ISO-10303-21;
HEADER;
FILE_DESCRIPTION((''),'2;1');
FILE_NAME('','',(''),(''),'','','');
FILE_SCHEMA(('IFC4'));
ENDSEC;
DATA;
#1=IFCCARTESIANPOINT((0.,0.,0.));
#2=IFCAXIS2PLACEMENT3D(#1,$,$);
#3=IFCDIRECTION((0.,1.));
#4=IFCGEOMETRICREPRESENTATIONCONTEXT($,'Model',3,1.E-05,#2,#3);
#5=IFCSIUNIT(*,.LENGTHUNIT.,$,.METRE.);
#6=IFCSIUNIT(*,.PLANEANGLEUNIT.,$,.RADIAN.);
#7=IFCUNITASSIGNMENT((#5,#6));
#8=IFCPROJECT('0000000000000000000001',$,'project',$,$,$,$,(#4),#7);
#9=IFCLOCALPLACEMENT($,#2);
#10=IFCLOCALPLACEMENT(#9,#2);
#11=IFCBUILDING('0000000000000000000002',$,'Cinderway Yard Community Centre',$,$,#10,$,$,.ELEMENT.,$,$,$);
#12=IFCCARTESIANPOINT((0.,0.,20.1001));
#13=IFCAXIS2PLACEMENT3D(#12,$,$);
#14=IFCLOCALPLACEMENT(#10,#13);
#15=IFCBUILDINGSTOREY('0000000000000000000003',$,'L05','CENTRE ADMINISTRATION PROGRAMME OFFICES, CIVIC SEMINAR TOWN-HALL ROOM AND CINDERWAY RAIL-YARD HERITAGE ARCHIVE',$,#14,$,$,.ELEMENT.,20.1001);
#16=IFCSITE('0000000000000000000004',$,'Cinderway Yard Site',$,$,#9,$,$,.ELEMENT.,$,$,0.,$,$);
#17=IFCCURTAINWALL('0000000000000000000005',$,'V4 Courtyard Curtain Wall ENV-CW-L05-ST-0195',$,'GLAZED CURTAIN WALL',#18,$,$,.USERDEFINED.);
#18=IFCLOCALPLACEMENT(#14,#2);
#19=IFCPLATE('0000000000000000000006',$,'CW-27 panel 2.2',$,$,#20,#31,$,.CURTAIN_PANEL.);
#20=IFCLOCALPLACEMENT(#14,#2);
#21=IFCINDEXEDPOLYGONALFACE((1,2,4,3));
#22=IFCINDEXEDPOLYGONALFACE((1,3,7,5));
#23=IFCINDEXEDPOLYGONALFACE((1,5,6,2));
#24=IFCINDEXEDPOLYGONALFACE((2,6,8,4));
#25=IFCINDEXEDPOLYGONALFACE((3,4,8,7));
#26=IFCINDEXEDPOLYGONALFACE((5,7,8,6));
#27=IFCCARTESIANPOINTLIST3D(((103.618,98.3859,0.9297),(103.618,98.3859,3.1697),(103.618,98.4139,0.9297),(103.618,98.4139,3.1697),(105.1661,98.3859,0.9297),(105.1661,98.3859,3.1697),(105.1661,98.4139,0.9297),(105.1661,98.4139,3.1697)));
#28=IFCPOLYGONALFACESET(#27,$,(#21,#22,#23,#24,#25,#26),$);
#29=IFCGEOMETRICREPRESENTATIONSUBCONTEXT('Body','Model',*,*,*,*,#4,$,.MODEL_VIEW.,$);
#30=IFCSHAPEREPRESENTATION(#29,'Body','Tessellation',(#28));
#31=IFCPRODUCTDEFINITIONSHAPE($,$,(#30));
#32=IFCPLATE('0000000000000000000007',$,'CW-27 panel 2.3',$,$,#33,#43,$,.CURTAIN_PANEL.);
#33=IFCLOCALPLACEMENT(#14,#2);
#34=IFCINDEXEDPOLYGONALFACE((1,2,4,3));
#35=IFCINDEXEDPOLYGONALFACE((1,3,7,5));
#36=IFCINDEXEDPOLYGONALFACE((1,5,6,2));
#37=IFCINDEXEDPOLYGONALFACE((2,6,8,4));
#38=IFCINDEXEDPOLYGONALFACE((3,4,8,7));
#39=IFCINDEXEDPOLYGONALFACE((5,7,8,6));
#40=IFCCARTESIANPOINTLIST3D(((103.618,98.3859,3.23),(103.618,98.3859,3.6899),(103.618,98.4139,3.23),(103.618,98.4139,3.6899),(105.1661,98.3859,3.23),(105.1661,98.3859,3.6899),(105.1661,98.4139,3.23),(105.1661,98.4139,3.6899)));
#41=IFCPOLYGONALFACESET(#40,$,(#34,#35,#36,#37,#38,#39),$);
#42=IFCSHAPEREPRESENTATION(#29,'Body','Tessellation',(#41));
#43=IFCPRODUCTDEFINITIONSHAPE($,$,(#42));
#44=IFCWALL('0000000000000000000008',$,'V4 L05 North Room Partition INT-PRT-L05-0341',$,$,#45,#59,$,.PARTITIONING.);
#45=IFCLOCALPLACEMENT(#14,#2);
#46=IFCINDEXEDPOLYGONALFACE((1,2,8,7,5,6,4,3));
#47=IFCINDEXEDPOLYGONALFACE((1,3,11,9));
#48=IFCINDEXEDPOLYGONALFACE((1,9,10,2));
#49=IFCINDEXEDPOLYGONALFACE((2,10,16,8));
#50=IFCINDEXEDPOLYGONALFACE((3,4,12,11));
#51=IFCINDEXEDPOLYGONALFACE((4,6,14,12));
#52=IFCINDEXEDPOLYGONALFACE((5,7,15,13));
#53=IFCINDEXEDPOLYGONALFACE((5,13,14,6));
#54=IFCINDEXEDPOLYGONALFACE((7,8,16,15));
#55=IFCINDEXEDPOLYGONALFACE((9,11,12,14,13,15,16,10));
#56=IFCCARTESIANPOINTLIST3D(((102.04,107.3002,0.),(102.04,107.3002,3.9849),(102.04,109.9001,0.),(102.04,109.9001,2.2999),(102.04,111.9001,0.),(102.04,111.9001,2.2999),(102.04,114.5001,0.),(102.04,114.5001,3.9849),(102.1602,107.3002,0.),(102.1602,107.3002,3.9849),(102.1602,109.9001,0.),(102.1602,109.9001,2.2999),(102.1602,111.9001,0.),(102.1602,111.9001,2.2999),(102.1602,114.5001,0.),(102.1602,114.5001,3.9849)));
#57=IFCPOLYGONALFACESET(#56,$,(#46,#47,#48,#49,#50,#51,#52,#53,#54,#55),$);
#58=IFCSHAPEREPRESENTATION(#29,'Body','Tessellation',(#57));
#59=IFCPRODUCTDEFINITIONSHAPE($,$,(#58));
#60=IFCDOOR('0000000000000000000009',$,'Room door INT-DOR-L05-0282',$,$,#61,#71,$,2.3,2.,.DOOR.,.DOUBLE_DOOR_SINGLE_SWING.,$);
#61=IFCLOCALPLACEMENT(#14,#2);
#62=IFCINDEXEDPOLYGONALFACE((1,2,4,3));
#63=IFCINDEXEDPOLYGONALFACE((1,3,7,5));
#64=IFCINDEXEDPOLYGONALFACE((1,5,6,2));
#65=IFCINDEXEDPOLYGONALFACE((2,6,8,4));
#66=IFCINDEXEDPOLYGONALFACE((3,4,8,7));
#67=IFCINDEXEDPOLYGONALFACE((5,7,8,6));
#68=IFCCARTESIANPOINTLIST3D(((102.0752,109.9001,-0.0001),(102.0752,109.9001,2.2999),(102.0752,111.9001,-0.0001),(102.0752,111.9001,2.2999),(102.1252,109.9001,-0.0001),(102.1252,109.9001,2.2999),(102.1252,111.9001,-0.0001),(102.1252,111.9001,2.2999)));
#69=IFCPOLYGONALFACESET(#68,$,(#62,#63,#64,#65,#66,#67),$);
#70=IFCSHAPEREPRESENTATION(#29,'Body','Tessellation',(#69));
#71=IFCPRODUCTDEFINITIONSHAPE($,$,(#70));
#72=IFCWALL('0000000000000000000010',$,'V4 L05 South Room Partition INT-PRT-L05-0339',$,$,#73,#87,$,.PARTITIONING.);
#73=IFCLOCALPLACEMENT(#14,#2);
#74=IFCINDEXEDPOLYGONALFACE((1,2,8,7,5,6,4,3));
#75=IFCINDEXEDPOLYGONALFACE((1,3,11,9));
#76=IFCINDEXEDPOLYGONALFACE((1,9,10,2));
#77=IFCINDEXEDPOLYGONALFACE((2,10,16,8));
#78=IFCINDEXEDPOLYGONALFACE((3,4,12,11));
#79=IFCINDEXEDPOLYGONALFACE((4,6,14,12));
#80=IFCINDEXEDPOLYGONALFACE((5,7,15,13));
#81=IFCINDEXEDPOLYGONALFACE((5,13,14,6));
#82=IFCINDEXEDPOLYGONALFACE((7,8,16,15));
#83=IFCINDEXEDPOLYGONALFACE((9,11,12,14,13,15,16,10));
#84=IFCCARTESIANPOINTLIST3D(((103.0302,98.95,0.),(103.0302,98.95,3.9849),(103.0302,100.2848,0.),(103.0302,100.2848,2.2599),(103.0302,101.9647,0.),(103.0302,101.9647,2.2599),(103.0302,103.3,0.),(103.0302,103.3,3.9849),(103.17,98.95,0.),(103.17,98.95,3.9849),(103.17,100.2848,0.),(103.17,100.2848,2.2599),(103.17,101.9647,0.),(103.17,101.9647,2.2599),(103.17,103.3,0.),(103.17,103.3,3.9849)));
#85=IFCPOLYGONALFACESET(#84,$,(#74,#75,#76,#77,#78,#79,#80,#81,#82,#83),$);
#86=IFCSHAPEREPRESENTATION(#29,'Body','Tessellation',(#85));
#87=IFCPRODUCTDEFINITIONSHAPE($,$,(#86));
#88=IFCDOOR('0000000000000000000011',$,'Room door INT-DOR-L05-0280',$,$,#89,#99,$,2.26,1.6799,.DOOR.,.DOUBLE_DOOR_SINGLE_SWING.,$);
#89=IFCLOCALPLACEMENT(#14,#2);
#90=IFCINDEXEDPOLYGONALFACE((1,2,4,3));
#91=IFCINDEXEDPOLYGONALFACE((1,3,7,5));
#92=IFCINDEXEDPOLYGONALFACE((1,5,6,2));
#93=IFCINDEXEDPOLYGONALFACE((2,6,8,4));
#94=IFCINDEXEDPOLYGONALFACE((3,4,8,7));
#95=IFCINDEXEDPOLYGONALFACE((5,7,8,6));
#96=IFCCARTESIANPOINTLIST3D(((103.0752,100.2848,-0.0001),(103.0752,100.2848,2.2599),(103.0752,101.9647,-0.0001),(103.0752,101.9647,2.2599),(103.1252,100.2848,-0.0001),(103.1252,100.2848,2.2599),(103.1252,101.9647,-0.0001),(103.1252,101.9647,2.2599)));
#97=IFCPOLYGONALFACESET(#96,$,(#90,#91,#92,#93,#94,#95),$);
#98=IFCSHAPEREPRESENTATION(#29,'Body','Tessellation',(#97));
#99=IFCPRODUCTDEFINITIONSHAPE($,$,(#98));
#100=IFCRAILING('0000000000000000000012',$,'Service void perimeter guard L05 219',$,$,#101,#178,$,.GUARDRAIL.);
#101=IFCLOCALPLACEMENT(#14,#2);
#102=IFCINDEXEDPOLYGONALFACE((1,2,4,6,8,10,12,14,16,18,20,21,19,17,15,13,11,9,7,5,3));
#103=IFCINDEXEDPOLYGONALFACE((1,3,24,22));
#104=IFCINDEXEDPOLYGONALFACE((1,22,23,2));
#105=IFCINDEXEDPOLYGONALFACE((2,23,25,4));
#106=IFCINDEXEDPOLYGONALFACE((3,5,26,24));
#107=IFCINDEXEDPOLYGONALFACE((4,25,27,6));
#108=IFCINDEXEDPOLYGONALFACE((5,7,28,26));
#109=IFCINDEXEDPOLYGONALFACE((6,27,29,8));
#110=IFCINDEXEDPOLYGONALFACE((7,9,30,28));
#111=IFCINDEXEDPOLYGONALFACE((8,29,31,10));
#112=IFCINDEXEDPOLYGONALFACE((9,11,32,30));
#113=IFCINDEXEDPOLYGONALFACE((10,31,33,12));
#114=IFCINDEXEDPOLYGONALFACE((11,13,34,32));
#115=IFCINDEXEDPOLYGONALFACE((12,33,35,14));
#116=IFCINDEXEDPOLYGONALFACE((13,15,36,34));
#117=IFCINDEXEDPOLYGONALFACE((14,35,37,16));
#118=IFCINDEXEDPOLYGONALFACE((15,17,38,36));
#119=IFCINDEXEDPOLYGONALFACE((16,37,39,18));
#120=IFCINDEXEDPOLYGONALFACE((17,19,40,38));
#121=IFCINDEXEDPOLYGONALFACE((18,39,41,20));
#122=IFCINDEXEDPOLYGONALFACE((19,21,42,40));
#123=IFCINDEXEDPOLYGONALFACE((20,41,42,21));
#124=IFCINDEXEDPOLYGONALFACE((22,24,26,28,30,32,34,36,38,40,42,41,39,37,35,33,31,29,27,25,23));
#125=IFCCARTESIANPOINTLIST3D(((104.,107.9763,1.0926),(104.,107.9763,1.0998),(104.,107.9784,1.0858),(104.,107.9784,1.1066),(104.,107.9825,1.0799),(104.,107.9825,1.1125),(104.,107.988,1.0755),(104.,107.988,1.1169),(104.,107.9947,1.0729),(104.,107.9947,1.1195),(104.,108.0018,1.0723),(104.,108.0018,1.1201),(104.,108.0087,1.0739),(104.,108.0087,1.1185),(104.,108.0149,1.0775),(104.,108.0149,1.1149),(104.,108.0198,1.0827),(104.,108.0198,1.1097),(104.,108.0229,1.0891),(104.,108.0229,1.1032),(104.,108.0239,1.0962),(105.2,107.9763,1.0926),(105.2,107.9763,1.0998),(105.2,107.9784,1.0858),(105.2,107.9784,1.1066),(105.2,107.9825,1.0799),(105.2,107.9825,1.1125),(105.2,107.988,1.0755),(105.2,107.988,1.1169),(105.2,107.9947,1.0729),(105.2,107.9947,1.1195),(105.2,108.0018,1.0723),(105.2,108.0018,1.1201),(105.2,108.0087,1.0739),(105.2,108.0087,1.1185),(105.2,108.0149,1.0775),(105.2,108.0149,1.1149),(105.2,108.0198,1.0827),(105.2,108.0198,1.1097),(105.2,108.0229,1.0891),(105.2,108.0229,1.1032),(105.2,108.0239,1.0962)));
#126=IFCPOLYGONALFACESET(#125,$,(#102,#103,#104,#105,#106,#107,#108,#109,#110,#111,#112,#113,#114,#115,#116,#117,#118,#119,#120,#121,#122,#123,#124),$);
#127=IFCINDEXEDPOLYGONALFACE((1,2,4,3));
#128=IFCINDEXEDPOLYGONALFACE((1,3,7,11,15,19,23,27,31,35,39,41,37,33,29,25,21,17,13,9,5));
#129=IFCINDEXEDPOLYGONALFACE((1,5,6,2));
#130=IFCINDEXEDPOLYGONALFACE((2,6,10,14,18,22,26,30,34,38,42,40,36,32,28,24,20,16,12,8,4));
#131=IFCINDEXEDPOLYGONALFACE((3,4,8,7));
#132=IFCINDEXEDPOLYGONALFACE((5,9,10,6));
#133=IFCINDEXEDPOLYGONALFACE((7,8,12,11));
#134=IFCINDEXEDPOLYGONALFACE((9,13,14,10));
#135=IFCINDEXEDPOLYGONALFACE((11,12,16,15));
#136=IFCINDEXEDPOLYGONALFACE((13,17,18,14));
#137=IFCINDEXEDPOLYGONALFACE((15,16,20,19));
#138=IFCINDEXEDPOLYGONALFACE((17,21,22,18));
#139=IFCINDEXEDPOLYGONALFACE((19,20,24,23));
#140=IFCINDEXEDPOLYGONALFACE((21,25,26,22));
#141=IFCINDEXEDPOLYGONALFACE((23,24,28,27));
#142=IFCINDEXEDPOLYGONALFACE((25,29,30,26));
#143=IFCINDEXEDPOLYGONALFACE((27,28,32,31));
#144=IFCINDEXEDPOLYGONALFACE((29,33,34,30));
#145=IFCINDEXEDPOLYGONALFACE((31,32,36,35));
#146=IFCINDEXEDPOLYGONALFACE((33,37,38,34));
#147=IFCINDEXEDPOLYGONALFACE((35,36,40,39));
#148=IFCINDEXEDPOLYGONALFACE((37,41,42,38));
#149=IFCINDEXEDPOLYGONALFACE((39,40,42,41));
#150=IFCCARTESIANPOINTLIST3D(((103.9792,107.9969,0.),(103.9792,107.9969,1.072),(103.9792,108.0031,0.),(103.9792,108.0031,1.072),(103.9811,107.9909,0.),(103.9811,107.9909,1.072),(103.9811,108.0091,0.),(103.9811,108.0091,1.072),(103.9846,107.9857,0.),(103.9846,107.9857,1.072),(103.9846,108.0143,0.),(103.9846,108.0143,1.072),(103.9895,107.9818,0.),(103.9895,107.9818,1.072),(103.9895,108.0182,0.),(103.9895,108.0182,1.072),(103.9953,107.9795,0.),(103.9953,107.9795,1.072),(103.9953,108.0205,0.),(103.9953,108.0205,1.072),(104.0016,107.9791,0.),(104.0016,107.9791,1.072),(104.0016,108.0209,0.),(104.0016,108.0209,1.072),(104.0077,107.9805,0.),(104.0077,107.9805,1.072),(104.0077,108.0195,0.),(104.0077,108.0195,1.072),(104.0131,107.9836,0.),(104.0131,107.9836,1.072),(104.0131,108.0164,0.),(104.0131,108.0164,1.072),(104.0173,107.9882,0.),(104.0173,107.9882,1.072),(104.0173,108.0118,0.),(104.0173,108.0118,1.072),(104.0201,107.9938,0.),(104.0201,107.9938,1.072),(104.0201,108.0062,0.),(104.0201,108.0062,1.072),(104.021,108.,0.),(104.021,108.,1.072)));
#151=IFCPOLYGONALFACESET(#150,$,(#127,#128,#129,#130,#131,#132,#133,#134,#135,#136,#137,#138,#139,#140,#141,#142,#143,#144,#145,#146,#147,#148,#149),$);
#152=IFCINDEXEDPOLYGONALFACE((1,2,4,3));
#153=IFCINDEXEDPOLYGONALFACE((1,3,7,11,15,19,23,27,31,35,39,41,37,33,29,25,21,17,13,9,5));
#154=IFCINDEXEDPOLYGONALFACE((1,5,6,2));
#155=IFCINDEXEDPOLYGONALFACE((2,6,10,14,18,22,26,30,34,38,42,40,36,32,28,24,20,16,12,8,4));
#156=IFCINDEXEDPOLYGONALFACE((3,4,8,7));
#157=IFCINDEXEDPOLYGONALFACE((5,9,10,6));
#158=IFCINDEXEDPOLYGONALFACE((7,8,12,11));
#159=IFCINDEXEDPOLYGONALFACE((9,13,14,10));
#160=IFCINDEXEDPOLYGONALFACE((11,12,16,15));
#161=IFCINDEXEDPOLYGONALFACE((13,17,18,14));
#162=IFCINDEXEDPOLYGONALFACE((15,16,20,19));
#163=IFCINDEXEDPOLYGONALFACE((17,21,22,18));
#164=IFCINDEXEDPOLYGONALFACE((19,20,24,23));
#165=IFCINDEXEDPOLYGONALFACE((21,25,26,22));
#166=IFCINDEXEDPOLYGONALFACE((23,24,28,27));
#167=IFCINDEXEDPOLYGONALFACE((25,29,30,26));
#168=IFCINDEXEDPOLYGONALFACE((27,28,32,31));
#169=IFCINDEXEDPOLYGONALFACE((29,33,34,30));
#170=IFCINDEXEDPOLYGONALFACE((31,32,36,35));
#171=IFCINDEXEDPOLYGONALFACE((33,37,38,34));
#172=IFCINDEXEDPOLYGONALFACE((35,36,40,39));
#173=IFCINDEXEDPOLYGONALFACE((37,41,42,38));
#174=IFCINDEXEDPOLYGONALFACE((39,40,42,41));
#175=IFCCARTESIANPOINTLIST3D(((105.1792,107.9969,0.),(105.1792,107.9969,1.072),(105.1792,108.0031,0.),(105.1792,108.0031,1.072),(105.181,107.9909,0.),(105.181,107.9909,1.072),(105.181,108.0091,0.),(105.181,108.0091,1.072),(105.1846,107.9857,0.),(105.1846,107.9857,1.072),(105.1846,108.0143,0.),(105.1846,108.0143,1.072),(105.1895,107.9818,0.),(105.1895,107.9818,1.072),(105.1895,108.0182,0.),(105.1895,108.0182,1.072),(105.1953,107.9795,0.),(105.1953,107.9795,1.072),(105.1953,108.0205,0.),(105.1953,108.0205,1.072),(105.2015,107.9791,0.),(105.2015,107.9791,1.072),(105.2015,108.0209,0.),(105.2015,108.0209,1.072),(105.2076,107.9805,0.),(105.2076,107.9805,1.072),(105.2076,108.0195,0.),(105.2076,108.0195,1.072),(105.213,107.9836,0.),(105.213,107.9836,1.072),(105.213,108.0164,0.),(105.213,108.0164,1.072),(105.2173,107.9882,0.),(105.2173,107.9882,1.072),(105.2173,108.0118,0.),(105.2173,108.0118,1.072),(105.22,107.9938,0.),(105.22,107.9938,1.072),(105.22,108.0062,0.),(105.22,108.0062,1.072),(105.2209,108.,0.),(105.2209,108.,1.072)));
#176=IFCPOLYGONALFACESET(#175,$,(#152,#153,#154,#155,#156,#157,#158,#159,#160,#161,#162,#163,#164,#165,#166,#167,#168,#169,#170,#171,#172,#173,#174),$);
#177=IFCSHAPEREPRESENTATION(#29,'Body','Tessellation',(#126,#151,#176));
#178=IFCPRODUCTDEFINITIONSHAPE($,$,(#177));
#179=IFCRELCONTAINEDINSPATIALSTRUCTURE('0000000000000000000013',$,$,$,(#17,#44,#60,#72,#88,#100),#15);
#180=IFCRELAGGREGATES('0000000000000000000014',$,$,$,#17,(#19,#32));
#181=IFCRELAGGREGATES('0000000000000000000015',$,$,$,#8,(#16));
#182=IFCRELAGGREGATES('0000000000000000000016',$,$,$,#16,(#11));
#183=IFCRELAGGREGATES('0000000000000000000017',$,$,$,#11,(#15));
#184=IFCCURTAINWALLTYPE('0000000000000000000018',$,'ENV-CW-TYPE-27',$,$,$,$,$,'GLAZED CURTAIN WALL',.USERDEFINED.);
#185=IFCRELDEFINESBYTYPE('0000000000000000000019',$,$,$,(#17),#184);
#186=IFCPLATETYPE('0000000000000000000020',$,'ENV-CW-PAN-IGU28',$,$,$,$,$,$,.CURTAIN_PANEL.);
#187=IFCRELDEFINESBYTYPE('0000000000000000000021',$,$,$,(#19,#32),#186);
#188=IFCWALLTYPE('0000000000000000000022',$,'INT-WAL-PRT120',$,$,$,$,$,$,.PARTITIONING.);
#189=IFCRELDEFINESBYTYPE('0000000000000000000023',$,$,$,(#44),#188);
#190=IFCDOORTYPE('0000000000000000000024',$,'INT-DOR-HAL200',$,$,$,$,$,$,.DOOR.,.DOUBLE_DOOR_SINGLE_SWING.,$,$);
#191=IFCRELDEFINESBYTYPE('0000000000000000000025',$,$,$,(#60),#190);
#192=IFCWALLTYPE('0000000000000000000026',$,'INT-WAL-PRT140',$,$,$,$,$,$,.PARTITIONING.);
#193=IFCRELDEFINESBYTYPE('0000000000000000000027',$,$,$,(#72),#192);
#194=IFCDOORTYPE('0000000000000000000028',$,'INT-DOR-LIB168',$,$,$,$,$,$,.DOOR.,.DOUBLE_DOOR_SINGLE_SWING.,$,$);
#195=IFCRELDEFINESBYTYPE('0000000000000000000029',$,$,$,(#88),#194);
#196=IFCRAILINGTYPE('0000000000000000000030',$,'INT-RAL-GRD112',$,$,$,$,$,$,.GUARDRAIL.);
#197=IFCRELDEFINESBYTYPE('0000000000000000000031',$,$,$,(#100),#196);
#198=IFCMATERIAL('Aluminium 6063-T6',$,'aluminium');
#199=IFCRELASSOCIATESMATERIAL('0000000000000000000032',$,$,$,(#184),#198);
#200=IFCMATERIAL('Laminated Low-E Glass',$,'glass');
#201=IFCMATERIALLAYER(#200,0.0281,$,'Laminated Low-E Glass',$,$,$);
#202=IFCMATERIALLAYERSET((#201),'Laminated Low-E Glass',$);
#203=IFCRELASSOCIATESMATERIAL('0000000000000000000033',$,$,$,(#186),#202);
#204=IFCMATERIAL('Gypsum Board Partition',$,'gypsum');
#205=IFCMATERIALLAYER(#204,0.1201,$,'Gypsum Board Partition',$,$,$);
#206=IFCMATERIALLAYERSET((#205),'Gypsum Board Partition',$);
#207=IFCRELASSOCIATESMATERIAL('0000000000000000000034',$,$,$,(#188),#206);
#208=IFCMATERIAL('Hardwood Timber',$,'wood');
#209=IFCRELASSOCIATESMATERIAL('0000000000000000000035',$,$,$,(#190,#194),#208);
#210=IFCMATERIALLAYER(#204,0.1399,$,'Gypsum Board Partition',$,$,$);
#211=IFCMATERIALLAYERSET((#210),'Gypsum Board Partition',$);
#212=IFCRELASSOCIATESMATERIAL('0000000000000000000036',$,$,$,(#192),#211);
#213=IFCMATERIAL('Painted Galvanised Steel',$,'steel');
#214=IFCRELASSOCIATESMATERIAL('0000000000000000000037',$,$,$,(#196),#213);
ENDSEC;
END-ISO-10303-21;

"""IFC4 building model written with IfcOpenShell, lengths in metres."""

from ifc_helpers import new_model, si_unit, direction, frame, frame_2d, origin, origin_2d, place, context, subcontext, project, spatial, rectangle, circle, extrude, material, layer, layer_set, type_object, element, fill, aggregate, save


model = new_model("IFC4")

# Units and contexts
model_context = context("Model", 3, precision=1e-05, world=origin(), true_north=direction((0.0, 1.0)))
body_context = subcontext(model_context, "Body", "Model", "MODEL_VIEW")
ifc_project = project(units=[si_unit("LENGTHUNIT", "METRE"), si_unit("PLANEANGLEUNIT", "RADIAN")], contexts=[model_context])

# Site, building, storey
site_placement = place(None, origin())
site = spatial("IfcSite", under=ifc_project, at=site_placement, Name="Cinderway Yard Site", CompositionType="ELEMENT", RefElevation=0.0)
building_placement = place(site_placement, origin())
building = spatial("IfcBuilding", under=site, at=building_placement, Name="Cinderway Yard Community Centre", CompositionType="ELEMENT")
storey_placement = place(building_placement, frame((0.0, 0.0, 20.1001)))
storey = spatial("IfcBuildingStorey", under=building, at=storey_placement, Name="L05", Description="CENTRE ADMINISTRATION PROGRAMME OFFICES, CIVIC SEMINAR TOWN-HALL ROOM AND CINDERWAY RAIL-YARD HERITAGE ARCHIVE", CompositionType="ELEMENT", Elevation=20.1001)

# Curtain wall
ifc_material_1 = material(Name="Aluminium 6063-T6", Category="aluminium")
curtain_wall_type = type_object("IfcCurtainWallType", Name="ENV-CW-TYPE-27", ElementType="GLAZED CURTAIN WALL", PredefinedType="USERDEFINED", material=ifc_material_1)
curtain_wall_1_placement = place(storey_placement, origin())
curtain_wall_1 = element("IfcCurtainWall", 1, at=curtain_wall_1_placement, inside=storey, type_object=curtain_wall_type, Name="V4 Courtyard Curtain Wall ENV-CW-L05-ST-0195", ObjectType="GLAZED CURTAIN WALL", PredefinedType="USERDEFINED")

# Plates
ifc_material_2 = material(Name="Laminated Low-E Glass", Category="glass")
ifc_layer_1 = layer(ifc_material_2, 0.0281, Name="Laminated Low-E Glass")
ifc_layer_set_1 = layer_set([ifc_layer_1], Name="Laminated Low-E Glass")
plate_type = type_object("IfcPlateType", Name="ENV-CW-PAN-IGU28", PredefinedType="CURTAIN_PANEL", material=ifc_layer_set_1)
plate_1_placement = place(storey_placement, frame((104.3921, 98.3999, 0.9297), z_axis=(0.0, 0.0, 1.0), x_axis=(1.0, 0.0, 0.0)))
plate_1 = element("IfcPlate", 2, at=plate_1_placement, type_object=plate_type, Name="CW-27 panel 2.2", PredefinedType="CURTAIN_PANEL", context=body_context, shape_type="SweptSolid", body=[
    extrude(rectangle(XDim=1.5481, YDim=0.0281, at=origin_2d()), origin(), (0.0, 0.0, 1.0), 2.24),
])
plate_2_placement = place(storey_placement, frame((104.3921, 98.3999, 3.23), z_axis=(0.0, 0.0, 1.0), x_axis=(1.0, 0.0, 0.0)))
plate_2 = element("IfcPlate", 3, at=plate_2_placement, type_object=plate_type, Name="CW-27 panel 2.3", PredefinedType="CURTAIN_PANEL", context=body_context, shape_type="SweptSolid", body=[
    extrude(rectangle(XDim=1.5481, YDim=0.0281, at=origin_2d()), origin(), (0.0, 0.0, 1.0), 0.46),
])
aggregate(curtain_wall_1, [plate_1, plate_2])

# Walls, openings, doors
ifc_material_3 = material(Name="Gypsum Board Partition", Category="gypsum")
ifc_layer_2 = layer(ifc_material_3, 0.1201, Name="Gypsum Board Partition")
ifc_layer_set_2 = layer_set([ifc_layer_2], Name="Gypsum Board Partition")
wall_type_1 = type_object("IfcWallType", Name="INT-WAL-PRT120", PredefinedType="PARTITIONING", material=ifc_layer_set_2)
wall_1_placement = place(storey_placement, frame((102.1001, 107.3, 0.0), z_axis=(0.0, 0.0, 1.0), x_axis=(0.0, 1.0, 0.0)))
wall_1 = element("IfcWall", 4, at=wall_1_placement, inside=storey, type_object=wall_type_1, Name="V4 L05 North Room Partition INT-PRT-L05-0341", PredefinedType="PARTITIONING", context=body_context, shape_type="SweptSolid", body=[
    extrude(rectangle(XDim=7.2, YDim=0.1201, at=frame_2d((3.6001, 0.0))), origin(), (0.0, 0.0, 1.0), 3.9849),
])
opening_1_placement = place(wall_1_placement, frame((2.6001, 0.0, 0.0)))
opening_1 = element("IfcOpeningElement", 5, at=opening_1_placement, cuts=wall_1, PredefinedType="OPENING", context=body_context, shape_type="SweptSolid", body=[
    extrude(rectangle(XDim=2.0, YDim=2.3, at=frame_2d((1.0, 1.1499))), frame((0.0, 0.0701, 0.0), z_axis=(0.0, -1.0, 0.0), x_axis=(1.0, 0.0, 0.0)), (0.0, 0.0, 1.0), 0.1401),
])
ifc_material_4 = material(Name="Hardwood Timber", Category="wood")
door_type_1 = type_object("IfcDoorType", Name="INT-DOR-HAL200", OperationType="DOUBLE_DOOR_SINGLE_SWING", PredefinedType="DOOR", material=ifc_material_4)
door_1_placement = place(opening_1_placement, origin())
door_1 = element("IfcDoor", 6, at=door_1_placement, inside=storey, type_object=door_type_1, Name="Room door INT-DOR-L05-0282", OperationType="DOUBLE_DOOR_SINGLE_SWING", OverallHeight=2.3, OverallWidth=2.0, PredefinedType="DOOR", context=body_context, shape_type="SweptSolid", body=[
    extrude(rectangle(XDim=2.0, YDim=2.3, at=frame_2d((1.0, 1.1499))), frame((0.0, 0.0249, 0.0), z_axis=(0.0, -1.0, 0.0), x_axis=(1.0, 0.0, 0.0)), (0.0, 0.0, 1.0), 0.05),
])
fill(opening_1, door_1)
ifc_layer_3 = layer(ifc_material_3, 0.1399, Name="Gypsum Board Partition")
ifc_layer_set_3 = layer_set([ifc_layer_3], Name="Gypsum Board Partition")
wall_type_2 = type_object("IfcWallType", Name="INT-WAL-PRT140", PredefinedType="PARTITIONING", material=ifc_layer_set_3)
wall_2_placement = place(storey_placement, frame((103.1001, 98.95, 0.0), z_axis=(0.0, 0.0, 1.0), x_axis=(0.0, 1.0, 0.0)))
wall_2 = element("IfcWall", 7, at=wall_2_placement, inside=storey, type_object=wall_type_2, Name="V4 L05 South Room Partition INT-PRT-L05-0339", PredefinedType="PARTITIONING", context=body_context, shape_type="SweptSolid", body=[
    extrude(rectangle(XDim=4.3501, YDim=0.1399, at=frame_2d((2.175, 0.0))), origin(), (0.0, 0.0, 1.0), 3.9849),
])
opening_2_placement = place(wall_2_placement, frame((1.335, 0.0, 0.0)))
opening_2 = element("IfcOpeningElement", 8, at=opening_2_placement, cuts=wall_2, PredefinedType="OPENING", context=body_context, shape_type="SweptSolid", body=[
    extrude(rectangle(XDim=1.6799, YDim=2.26, at=frame_2d((0.8398, 1.1299))), frame((0.0, 0.0798, 0.0), z_axis=(0.0, -1.0, 0.0), x_axis=(1.0, 0.0, 0.0)), (0.0, 0.0, 1.0), 0.1599),
])
door_type_2 = type_object("IfcDoorType", Name="INT-DOR-LIB168", OperationType="DOUBLE_DOOR_SINGLE_SWING", PredefinedType="DOOR", material=ifc_material_4)
door_2_placement = place(opening_2_placement, origin())
door_2 = element("IfcDoor", 9, at=door_2_placement, inside=storey, type_object=door_type_2, Name="Room door INT-DOR-L05-0280", OperationType="DOUBLE_DOOR_SINGLE_SWING", OverallHeight=2.26, OverallWidth=1.6799, PredefinedType="DOOR", context=body_context, shape_type="SweptSolid", body=[
    extrude(rectangle(XDim=1.6799, YDim=2.26, at=frame_2d((0.8398, 1.1299))), frame((0.0, 0.0249, 0.0), z_axis=(0.0, -1.0, 0.0), x_axis=(1.0, 0.0, 0.0)), (0.0, 0.0, 1.0), 0.05),
])
fill(opening_2, door_2)

# Railing
ifc_material_5 = material(Name="Painted Galvanised Steel", Category="steel")
railing_type = type_object("IfcRailingType", Name="INT-RAL-GRD112", PredefinedType="GUARDRAIL", material=ifc_material_5)
railing_1_placement = place(storey_placement, frame((104.0, 108.0, 0.0)))
element("IfcRailing", 10, at=railing_1_placement, inside=storey, type_object=railing_type, Name="Service void perimeter guard L05 219", PredefinedType="GUARDRAIL", context=body_context, shape_type="SweptSolid", body=[
    extrude(circle(Radius=0.0239, at=origin_2d()), frame((0.0, 0.0, 1.0962), z_axis=(1.0, 0.0, 0.0), x_axis=(0.0, 1.0, 0.0)), (0.0, 0.0, 1.0), 1.2),
    extrude(circle(Radius=0.021, at=origin_2d()), origin(), (0.0, 0.0, 1.0), 1.072),
    extrude(circle(Radius=0.021, at=origin_2d()), frame((1.2, 0.0, 0.0)), (0.0, 0.0, 1.0), 1.072),
])

save(model, "model.ifc")
